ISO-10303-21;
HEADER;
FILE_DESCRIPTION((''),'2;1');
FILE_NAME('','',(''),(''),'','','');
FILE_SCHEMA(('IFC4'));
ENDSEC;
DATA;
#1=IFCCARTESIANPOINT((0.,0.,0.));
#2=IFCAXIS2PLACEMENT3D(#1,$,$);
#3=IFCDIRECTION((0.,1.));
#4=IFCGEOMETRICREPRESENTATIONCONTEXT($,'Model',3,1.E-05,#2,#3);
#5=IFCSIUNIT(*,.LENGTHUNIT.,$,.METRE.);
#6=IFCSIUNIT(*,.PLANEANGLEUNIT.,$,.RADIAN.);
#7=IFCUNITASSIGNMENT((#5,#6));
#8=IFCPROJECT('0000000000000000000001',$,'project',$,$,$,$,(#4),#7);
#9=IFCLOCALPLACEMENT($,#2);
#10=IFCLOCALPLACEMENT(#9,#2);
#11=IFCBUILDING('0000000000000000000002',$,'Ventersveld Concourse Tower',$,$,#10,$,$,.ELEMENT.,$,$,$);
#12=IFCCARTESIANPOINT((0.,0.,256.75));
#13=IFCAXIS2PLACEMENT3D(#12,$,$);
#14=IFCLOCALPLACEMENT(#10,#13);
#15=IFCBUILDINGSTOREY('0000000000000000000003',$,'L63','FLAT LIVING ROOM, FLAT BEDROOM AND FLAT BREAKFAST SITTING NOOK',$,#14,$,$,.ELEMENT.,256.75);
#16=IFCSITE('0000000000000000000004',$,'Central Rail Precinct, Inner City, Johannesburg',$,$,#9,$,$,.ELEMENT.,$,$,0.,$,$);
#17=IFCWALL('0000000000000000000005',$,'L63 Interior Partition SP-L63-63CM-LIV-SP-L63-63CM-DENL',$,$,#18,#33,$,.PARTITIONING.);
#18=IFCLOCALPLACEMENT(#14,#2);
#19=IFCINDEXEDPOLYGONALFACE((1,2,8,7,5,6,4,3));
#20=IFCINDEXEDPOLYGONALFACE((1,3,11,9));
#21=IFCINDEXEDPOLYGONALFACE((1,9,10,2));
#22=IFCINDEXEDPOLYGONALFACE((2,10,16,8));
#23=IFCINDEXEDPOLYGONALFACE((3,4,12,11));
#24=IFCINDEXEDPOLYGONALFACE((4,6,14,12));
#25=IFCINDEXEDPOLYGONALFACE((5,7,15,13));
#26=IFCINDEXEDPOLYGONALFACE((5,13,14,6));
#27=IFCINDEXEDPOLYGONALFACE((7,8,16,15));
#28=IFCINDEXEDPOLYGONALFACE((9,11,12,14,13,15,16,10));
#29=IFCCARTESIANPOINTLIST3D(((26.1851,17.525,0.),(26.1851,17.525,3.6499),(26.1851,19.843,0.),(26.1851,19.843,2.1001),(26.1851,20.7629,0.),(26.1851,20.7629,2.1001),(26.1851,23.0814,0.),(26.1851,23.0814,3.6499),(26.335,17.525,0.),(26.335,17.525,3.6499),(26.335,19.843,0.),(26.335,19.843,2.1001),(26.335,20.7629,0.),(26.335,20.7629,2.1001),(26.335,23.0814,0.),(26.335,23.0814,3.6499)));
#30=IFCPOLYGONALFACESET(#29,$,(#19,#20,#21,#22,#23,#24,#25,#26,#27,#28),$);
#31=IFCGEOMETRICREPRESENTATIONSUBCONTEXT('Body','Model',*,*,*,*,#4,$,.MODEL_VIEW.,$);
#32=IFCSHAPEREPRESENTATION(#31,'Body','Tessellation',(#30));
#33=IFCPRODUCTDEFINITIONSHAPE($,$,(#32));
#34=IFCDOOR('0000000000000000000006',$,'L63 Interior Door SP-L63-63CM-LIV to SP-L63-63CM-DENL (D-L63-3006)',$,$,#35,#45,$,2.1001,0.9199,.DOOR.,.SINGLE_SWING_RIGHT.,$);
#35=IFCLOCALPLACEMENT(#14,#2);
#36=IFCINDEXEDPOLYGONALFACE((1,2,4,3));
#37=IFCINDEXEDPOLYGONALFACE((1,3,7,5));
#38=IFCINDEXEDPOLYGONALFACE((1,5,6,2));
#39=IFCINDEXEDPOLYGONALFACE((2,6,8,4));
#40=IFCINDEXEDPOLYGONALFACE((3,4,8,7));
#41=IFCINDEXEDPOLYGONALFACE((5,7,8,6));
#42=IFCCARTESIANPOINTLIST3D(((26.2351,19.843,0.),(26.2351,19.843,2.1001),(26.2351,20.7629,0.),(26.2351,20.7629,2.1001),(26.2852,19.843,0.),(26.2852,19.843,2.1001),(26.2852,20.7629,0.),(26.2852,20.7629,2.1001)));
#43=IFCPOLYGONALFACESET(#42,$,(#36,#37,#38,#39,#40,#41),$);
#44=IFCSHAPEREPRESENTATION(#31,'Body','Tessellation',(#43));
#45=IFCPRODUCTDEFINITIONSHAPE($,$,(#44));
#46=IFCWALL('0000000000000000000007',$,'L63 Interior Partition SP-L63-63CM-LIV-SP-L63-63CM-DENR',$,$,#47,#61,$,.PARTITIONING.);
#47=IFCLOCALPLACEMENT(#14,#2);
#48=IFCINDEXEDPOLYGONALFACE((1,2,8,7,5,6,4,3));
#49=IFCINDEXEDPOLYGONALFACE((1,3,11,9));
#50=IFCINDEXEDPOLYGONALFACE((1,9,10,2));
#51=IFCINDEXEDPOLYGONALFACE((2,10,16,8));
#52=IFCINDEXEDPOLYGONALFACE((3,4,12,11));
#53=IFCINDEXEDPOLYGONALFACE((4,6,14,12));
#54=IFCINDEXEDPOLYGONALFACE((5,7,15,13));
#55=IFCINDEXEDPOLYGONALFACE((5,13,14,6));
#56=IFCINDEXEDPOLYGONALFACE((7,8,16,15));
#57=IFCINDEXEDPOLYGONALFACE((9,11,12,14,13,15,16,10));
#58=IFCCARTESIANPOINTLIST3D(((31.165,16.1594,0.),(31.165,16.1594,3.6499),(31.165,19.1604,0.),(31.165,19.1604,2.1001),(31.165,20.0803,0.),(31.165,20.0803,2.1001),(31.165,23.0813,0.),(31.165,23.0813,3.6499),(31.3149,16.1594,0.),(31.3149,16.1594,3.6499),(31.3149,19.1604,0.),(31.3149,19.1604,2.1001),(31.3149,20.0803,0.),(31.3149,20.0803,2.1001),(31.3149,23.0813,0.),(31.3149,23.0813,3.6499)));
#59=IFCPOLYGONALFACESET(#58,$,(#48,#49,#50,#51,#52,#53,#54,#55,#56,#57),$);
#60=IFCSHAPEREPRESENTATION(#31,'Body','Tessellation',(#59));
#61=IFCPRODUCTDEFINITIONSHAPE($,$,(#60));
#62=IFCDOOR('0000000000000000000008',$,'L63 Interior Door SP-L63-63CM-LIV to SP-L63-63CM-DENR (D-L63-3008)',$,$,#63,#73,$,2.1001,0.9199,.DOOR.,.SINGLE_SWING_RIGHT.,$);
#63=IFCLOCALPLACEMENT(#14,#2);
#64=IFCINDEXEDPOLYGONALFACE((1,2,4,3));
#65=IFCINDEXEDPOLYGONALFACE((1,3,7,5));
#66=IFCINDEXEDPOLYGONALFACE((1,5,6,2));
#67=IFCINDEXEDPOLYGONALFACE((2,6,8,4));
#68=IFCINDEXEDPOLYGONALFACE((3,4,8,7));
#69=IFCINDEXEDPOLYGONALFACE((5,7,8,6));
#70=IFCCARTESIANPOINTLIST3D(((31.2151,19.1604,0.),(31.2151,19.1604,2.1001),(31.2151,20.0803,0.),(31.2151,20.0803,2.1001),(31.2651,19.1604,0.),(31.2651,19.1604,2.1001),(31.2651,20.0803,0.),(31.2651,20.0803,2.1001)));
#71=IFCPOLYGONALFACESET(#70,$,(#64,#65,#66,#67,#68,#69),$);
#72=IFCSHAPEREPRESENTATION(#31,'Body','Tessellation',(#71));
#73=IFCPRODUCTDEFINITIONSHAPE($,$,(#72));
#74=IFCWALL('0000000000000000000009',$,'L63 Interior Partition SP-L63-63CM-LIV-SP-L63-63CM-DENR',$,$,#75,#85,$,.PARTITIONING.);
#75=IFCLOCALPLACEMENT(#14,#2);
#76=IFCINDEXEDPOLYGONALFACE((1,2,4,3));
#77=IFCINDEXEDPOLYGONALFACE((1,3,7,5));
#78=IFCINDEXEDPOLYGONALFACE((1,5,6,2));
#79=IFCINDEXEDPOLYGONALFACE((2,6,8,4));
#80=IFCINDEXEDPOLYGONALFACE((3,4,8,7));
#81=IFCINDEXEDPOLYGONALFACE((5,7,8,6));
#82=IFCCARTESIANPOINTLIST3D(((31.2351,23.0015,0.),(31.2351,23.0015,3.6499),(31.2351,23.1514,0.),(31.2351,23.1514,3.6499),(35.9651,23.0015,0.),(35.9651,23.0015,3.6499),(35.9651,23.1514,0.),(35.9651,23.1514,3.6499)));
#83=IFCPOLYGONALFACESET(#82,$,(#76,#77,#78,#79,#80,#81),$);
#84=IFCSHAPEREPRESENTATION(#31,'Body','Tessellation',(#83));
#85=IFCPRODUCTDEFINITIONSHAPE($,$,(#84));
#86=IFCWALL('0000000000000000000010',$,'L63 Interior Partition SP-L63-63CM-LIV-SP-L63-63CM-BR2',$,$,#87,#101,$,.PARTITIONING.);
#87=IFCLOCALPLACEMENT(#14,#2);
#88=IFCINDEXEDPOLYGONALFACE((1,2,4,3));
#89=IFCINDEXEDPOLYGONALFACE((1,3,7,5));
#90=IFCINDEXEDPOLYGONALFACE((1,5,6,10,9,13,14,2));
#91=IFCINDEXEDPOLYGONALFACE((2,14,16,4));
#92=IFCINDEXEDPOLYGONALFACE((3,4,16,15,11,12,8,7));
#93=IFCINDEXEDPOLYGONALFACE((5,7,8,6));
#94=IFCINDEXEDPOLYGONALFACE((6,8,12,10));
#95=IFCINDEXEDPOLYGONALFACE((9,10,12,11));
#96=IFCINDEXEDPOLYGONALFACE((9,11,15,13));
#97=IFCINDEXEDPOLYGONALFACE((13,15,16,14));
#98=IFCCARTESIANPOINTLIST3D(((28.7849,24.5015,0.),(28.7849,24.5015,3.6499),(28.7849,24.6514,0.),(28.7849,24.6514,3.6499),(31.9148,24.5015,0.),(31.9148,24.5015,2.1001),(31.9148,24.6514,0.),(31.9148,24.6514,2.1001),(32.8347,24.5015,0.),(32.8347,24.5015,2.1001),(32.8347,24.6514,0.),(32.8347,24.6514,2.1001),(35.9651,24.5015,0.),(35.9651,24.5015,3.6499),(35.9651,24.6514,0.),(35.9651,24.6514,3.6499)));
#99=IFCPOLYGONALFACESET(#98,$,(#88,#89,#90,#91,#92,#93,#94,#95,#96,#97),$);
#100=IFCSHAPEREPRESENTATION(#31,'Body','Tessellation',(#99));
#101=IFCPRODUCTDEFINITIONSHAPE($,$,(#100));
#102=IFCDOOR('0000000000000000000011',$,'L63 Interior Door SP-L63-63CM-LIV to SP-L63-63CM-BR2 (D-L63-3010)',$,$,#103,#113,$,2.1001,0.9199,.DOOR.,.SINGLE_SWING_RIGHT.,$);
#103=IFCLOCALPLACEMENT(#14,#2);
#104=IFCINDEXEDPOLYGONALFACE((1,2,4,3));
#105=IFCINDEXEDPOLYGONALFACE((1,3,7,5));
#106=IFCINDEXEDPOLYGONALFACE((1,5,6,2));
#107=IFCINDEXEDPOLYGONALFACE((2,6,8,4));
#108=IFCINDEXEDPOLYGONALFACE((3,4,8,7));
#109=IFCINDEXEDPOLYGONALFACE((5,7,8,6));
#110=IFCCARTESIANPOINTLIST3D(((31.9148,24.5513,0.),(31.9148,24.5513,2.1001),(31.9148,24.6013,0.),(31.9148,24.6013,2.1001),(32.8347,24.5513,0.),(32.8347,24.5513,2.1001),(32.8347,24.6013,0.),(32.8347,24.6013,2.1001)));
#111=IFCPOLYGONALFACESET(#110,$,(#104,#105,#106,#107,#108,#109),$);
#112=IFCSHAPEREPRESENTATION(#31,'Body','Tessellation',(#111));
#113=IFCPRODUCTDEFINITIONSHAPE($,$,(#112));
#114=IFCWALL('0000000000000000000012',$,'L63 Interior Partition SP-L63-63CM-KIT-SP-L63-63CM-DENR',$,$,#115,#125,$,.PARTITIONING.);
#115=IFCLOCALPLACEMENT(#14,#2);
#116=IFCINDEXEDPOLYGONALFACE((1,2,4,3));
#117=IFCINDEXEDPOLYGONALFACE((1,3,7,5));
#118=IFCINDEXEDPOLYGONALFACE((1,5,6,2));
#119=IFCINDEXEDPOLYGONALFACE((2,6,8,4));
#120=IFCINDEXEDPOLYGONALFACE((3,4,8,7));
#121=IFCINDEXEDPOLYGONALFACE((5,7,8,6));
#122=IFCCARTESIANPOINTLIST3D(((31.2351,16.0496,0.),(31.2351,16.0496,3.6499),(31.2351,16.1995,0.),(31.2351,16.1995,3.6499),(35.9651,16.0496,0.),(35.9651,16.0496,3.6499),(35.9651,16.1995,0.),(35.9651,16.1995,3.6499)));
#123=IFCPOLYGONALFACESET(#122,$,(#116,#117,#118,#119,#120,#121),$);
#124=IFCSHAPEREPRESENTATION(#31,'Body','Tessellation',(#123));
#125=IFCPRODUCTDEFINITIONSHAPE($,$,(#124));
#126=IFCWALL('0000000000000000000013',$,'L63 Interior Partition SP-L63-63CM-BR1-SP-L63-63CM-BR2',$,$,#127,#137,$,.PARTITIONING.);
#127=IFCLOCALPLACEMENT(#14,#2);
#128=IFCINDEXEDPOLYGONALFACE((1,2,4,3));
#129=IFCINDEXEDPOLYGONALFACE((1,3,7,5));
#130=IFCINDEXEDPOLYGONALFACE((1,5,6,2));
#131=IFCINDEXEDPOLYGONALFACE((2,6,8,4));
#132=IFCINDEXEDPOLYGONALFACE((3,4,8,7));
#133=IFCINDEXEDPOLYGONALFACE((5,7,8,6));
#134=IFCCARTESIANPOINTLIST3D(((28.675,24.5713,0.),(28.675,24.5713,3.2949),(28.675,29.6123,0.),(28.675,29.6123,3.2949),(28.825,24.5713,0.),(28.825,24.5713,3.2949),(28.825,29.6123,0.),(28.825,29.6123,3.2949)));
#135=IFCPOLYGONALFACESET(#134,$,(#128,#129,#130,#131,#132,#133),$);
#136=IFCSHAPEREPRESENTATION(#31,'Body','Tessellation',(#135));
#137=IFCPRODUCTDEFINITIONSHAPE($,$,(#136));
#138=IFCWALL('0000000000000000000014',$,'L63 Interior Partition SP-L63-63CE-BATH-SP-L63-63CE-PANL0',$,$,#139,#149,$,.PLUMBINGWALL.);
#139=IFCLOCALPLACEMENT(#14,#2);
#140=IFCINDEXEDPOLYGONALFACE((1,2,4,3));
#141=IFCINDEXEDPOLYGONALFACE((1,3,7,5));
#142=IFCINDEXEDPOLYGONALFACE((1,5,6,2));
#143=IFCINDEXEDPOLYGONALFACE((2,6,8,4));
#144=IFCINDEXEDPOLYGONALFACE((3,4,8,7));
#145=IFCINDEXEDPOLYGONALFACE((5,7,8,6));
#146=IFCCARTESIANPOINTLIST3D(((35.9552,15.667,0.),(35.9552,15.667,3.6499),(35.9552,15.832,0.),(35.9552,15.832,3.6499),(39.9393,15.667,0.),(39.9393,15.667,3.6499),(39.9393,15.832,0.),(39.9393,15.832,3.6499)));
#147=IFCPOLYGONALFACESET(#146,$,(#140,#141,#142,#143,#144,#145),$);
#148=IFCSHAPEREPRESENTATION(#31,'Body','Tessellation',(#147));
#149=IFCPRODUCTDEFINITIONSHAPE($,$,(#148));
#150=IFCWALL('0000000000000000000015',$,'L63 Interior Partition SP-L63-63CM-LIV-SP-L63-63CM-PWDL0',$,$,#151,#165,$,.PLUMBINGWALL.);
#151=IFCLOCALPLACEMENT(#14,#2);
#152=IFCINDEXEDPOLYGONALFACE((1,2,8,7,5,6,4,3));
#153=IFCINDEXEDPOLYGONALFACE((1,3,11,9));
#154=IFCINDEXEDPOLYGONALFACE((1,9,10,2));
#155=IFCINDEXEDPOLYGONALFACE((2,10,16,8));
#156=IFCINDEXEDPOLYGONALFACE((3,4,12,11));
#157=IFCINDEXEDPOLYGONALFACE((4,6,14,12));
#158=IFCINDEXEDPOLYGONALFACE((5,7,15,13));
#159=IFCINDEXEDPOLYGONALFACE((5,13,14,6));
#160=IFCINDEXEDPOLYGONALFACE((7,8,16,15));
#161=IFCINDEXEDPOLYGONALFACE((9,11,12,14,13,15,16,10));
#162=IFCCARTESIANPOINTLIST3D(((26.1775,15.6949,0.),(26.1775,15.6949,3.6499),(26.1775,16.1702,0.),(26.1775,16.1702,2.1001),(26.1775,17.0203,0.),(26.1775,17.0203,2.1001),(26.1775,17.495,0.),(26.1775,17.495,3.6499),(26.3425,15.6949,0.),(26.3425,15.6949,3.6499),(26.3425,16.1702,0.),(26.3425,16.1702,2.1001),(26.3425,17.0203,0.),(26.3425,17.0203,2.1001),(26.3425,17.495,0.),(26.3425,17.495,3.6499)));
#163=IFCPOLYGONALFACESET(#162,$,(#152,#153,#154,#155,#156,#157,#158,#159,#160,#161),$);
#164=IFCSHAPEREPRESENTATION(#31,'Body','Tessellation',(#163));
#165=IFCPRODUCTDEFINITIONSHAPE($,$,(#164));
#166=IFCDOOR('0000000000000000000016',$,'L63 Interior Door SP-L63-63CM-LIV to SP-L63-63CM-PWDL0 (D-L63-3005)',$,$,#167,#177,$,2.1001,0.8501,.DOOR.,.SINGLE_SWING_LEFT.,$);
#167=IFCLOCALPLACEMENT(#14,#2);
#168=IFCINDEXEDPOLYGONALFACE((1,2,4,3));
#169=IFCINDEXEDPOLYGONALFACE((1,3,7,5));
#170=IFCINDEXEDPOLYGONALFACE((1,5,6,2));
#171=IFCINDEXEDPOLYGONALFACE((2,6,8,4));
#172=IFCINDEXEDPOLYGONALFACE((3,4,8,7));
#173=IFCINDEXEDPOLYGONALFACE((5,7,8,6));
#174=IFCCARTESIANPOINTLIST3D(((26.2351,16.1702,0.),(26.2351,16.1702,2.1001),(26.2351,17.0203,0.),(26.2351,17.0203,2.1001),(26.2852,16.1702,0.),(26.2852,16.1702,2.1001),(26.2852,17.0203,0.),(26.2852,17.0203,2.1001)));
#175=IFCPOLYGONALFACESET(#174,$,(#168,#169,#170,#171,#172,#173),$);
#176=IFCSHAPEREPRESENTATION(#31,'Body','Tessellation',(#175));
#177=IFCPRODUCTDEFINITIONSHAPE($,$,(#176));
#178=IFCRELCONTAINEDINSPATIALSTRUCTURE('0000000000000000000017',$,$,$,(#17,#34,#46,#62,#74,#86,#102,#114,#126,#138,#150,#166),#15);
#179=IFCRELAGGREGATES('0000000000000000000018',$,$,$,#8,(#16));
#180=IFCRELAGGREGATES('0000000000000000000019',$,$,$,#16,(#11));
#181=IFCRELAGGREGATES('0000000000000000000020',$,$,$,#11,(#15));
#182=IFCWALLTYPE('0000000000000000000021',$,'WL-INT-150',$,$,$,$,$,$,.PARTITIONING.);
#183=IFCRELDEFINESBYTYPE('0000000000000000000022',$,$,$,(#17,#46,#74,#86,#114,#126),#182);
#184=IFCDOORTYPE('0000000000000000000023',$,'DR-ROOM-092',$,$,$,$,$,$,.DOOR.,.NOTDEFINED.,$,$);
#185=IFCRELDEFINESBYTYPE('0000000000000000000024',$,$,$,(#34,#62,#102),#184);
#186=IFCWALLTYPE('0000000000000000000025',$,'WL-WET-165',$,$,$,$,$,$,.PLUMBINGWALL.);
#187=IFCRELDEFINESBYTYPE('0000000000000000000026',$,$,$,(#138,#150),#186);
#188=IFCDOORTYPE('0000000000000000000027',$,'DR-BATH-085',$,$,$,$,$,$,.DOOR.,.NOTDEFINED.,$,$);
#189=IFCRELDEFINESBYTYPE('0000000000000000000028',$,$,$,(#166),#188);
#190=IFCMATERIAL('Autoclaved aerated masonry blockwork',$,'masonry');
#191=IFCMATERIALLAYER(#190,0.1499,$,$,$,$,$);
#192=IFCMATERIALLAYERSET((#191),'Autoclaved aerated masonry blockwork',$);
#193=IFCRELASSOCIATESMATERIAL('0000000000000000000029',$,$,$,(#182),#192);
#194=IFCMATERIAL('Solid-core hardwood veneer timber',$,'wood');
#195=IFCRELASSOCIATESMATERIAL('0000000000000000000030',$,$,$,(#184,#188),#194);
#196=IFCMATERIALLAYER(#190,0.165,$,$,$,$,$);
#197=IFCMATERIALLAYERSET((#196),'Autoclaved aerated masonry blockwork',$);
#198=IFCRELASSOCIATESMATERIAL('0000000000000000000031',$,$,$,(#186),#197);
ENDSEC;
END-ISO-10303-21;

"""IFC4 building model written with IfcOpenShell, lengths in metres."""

from ifc_helpers import new_model, si_unit, direction, frame, frame_2d, origin, place, context, subcontext, project, spatial, rectangle, extrude, material, layer, layer_set, type_object, element, fill, save


model = new_model("IFC4")

# Units and contexts
model_context = context("Model", 3, precision=1e-05, world=origin(), true_north=direction((0.0, 1.0)))
body_context = subcontext(model_context, "Body", "Model", "MODEL_VIEW")
ifc_project = project(units=[si_unit("LENGTHUNIT", "METRE"), si_unit("PLANEANGLEUNIT", "RADIAN")], contexts=[model_context])

# Site, building, storey
site_placement = place(None, origin())
site = spatial("IfcSite", under=ifc_project, at=site_placement, Name="Central Rail Precinct, Inner City, Johannesburg", CompositionType="ELEMENT", RefElevation=0.0)
building_placement = place(site_placement, origin())
building = spatial("IfcBuilding", under=site, at=building_placement, Name="Ventersveld Concourse Tower", CompositionType="ELEMENT")
storey_placement = place(building_placement, frame((0.0, 0.0, 256.75)))
storey = spatial("IfcBuildingStorey", under=building, at=storey_placement, Name="L63", Description="FLAT LIVING ROOM, FLAT BEDROOM AND FLAT BREAKFAST SITTING NOOK", CompositionType="ELEMENT", Elevation=256.75)

# Shared definitions
ifc_material_1 = material(Name="Autoclaved aerated masonry blockwork", Category="masonry")
ifc_layer_1 = layer(ifc_material_1, 0.1499)
ifc_layer_set_1 = layer_set([ifc_layer_1], Name="Autoclaved aerated masonry blockwork")
wall_type_1 = type_object("IfcWallType", Name="WL-INT-150", PredefinedType="PARTITIONING", material=ifc_layer_set_1)

# Walls, openings, doors
wall_1_placement = place(storey_placement, frame((26.26, 17.5249, 0.0), z_axis=(0.0, 0.0, 1.0), x_axis=(0.0, 1.0, 0.0)))
wall_1 = element("IfcWall", 1, at=wall_1_placement, inside=storey, type_object=wall_type_1, Name="L63 Interior Partition SP-L63-63CM-LIV-SP-L63-63CM-DENL", PredefinedType="PARTITIONING", context=body_context, shape_type="SweptSolid", body=[
    extrude(rectangle(XDim=5.5564, YDim=0.1499, at=frame_2d((2.7783, 0.0))), origin(), (0.0, 0.0, 1.0), 3.6499),
])
opening_1_placement = place(wall_1_placement, frame((2.3181, 0.0, 0.0)))
opening_1 = element("IfcOpeningElement", 2, at=opening_1_placement, cuts=wall_1, PredefinedType="OPENING", context=body_context, shape_type="SweptSolid", body=[
    extrude(rectangle(XDim=0.9199, YDim=2.1001, at=frame_2d((0.46, 1.05))), frame((0.0, 0.085, 0.0), z_axis=(0.0, -1.0, 0.0), x_axis=(1.0, 0.0, 0.0)), (0.0, 0.0, 1.0), 0.1699),
])
ifc_material_2 = material(Name="Solid-core hardwood veneer timber", Category="wood")
door_type_1 = type_object("IfcDoorType", Name="DR-ROOM-092", OperationType="NOTDEFINED", PredefinedType="DOOR", material=ifc_material_2)
door_1_placement = place(opening_1_placement, origin())
door_1 = element("IfcDoor", 3, at=door_1_placement, inside=storey, type_object=door_type_1, Name="L63 Interior Door SP-L63-63CM-LIV to SP-L63-63CM-DENL (D-L63-3006)", OperationType="SINGLE_SWING_RIGHT", OverallHeight=2.1001, OverallWidth=0.9199, PredefinedType="DOOR", context=body_context, shape_type="SweptSolid", body=[
    extrude(rectangle(XDim=0.9199, YDim=2.1001, at=frame_2d((0.46, 1.05))), frame((0.0, 0.0249, 0.0), z_axis=(0.0, -1.0, 0.0), x_axis=(1.0, 0.0, 0.0)), (0.0, 0.0, 1.0), 0.05),
])
fill(opening_1, door_1)
wall_2_placement = place(storey_placement, frame((31.24, 16.1594, 0.0), z_axis=(0.0, 0.0, 1.0), x_axis=(0.0, 1.0, 0.0)))
wall_2 = element("IfcWall", 4, at=wall_2_placement, inside=storey, type_object=wall_type_1, Name="L63 Interior Partition SP-L63-63CM-LIV-SP-L63-63CM-DENR", PredefinedType="PARTITIONING", context=body_context, shape_type="SweptSolid", body=[
    extrude(rectangle(XDim=6.9219, YDim=0.1499, at=frame_2d((3.4609, 0.0))), origin(), (0.0, 0.0, 1.0), 3.6499),
])
opening_2_placement = place(wall_2_placement, frame((3.001, 0.0, 0.0)))
opening_2 = element("IfcOpeningElement", 5, at=opening_2_placement, cuts=wall_2, PredefinedType="OPENING", context=body_context, shape_type="SweptSolid", body=[
    extrude(rectangle(XDim=0.9199, YDim=2.1001, at=frame_2d((0.46, 1.05))), frame((0.0, 0.085, 0.0), z_axis=(0.0, -1.0, 0.0), x_axis=(1.0, 0.0, 0.0)), (0.0, 0.0, 1.0), 0.1699),
])
door_2_placement = place(opening_2_placement, origin())
door_2 = element("IfcDoor", 6, at=door_2_placement, inside=storey, type_object=door_type_1, Name="L63 Interior Door SP-L63-63CM-LIV to SP-L63-63CM-DENR (D-L63-3008)", OperationType="SINGLE_SWING_RIGHT", OverallHeight=2.1001, OverallWidth=0.9199, PredefinedType="DOOR", context=body_context, shape_type="SweptSolid", body=[
    extrude(rectangle(XDim=0.9199, YDim=2.1001, at=frame_2d((0.46, 1.05))), frame((0.0, 0.0249, 0.0), z_axis=(0.0, -1.0, 0.0), x_axis=(1.0, 0.0, 0.0)), (0.0, 0.0, 1.0), 0.05),
])
fill(opening_2, door_2)

# Wall
wall_3_placement = place(storey_placement, frame((31.2351, 23.0764, 0.0), z_axis=(0.0, 0.0, 1.0), x_axis=(1.0, 0.0, 0.0)))
element("IfcWall", 7, at=wall_3_placement, inside=storey, type_object=wall_type_1, Name="L63 Interior Partition SP-L63-63CM-LIV-SP-L63-63CM-DENR", PredefinedType="PARTITIONING", context=body_context, shape_type="SweptSolid", body=[
    extrude(rectangle(XDim=4.73, YDim=0.1499, at=frame_2d((2.365, 0.0))), origin(), (0.0, 0.0, 1.0), 3.6499),
])

# Wall, opening, door
wall_4_placement = place(storey_placement, frame((28.7849, 24.5764, 0.0), z_axis=(0.0, 0.0, 1.0), x_axis=(1.0, 0.0, 0.0)))
wall_4 = element("IfcWall", 8, at=wall_4_placement, inside=storey, type_object=wall_type_1, Name="L63 Interior Partition SP-L63-63CM-LIV-SP-L63-63CM-BR2", PredefinedType="PARTITIONING", context=body_context, shape_type="SweptSolid", body=[
    extrude(rectangle(XDim=7.1802, YDim=0.1499, at=frame_2d((3.5901, 0.0))), origin(), (0.0, 0.0, 1.0), 3.6499),
])
opening_3_placement = place(wall_4_placement, frame((3.1299, 0.0, 0.0)))
opening_3 = element("IfcOpeningElement", 9, at=opening_3_placement, cuts=wall_4, PredefinedType="OPENING", context=body_context, shape_type="SweptSolid", body=[
    extrude(rectangle(XDim=0.9199, YDim=2.1001, at=frame_2d((0.46, 1.05))), frame((0.0, 0.085, 0.0), z_axis=(0.0, -1.0, 0.0), x_axis=(1.0, 0.0, 0.0)), (0.0, 0.0, 1.0), 0.1699),
])
door_3_placement = place(opening_3_placement, origin())
door_3 = element("IfcDoor", 10, at=door_3_placement, inside=storey, type_object=door_type_1, Name="L63 Interior Door SP-L63-63CM-LIV to SP-L63-63CM-BR2 (D-L63-3010)", OperationType="SINGLE_SWING_RIGHT", OverallHeight=2.1001, OverallWidth=0.9199, PredefinedType="DOOR", context=body_context, shape_type="SweptSolid", body=[
    extrude(rectangle(XDim=0.9199, YDim=2.1001, at=frame_2d((0.46, 1.05))), frame((0.0, 0.0249, 0.0), z_axis=(0.0, -1.0, 0.0), x_axis=(1.0, 0.0, 0.0)), (0.0, 0.0, 1.0), 0.05),
])
fill(opening_3, door_3)

# Walls
wall_5_placement = place(storey_placement, frame((31.2351, 16.1245, 0.0), z_axis=(0.0, 0.0, 1.0), x_axis=(1.0, 0.0, 0.0)))
element("IfcWall", 11, at=wall_5_placement, inside=storey, type_object=wall_type_1, Name="L63 Interior Partition SP-L63-63CM-KIT-SP-L63-63CM-DENR", PredefinedType="PARTITIONING", context=body_context, shape_type="SweptSolid", body=[
    extrude(rectangle(XDim=4.73, YDim=0.1499, at=frame_2d((2.365, 0.0))), origin(), (0.0, 0.0, 1.0), 3.6499),
])
wall_6_placement = place(storey_placement, frame((28.75, 24.5713, 0.0), z_axis=(0.0, 0.0, 1.0), x_axis=(0.0, 1.0, 0.0)))
element("IfcWall", 12, at=wall_6_placement, inside=storey, type_object=wall_type_1, Name="L63 Interior Partition SP-L63-63CM-BR1-SP-L63-63CM-BR2", PredefinedType="PARTITIONING", context=body_context, shape_type="SweptSolid", body=[
    extrude(rectangle(XDim=5.041, YDim=0.1499, at=frame_2d((2.5205, 0.0))), origin(), (0.0, 0.0, 1.0), 3.2949),
])
ifc_layer_2 = layer(ifc_material_1, 0.165)
ifc_layer_set_2 = layer_set([ifc_layer_2], Name="Autoclaved aerated masonry blockwork")
wall_type_2 = type_object("IfcWallType", Name="WL-WET-165", PredefinedType="PLUMBINGWALL", material=ifc_layer_set_2)
wall_7_placement = place(storey_placement, frame((35.9551, 15.7495, 0.0), z_axis=(0.0, 0.0, 1.0), x_axis=(1.0, 0.0, 0.0)))
element("IfcWall", 13, at=wall_7_placement, inside=storey, type_object=wall_type_2, Name="L63 Interior Partition SP-L63-63CE-BATH-SP-L63-63CE-PANL0", PredefinedType="PLUMBINGWALL", context=body_context, shape_type="SweptSolid", body=[
    extrude(rectangle(XDim=3.9841, YDim=0.165, at=frame_2d((1.9922, 0.0))), origin(), (0.0, 0.0, 1.0), 3.6499),
])

# Wall, opening, door
wall_8_placement = place(storey_placement, frame((26.26, 15.6951, 0.0), z_axis=(0.0, 0.0, 1.0), x_axis=(0.0, 1.0, 0.0)))
wall_8 = element("IfcWall", 14, at=wall_8_placement, inside=storey, type_object=wall_type_2, Name="L63 Interior Partition SP-L63-63CM-LIV-SP-L63-63CM-PWDL0", PredefinedType="PLUMBINGWALL", context=body_context, shape_type="SweptSolid", body=[
    extrude(rectangle(XDim=1.8, YDim=0.165, at=frame_2d((0.8999, 0.0))), origin(), (0.0, 0.0, 1.0), 3.6499),
])
opening_4_placement = place(wall_8_placement, frame((0.4751, 0.0, 0.0)))
opening_4 = element("IfcOpeningElement", 15, at=opening_4_placement, cuts=wall_8, PredefinedType="OPENING", context=body_context, shape_type="SweptSolid", body=[
    extrude(rectangle(XDim=0.8501, YDim=2.1001, at=frame_2d((0.425, 1.05))), frame((0.0, 0.0925, 0.0), z_axis=(0.0, -1.0, 0.0), x_axis=(1.0, 0.0, 0.0)), (0.0, 0.0, 1.0), 0.1851),
])
door_type_2 = type_object("IfcDoorType", Name="DR-BATH-085", OperationType="NOTDEFINED", PredefinedType="DOOR", material=ifc_material_2)
door_4_placement = place(opening_4_placement, origin())
door_4 = element("IfcDoor", 16, at=door_4_placement, inside=storey, type_object=door_type_2, Name="L63 Interior Door SP-L63-63CM-LIV to SP-L63-63CM-PWDL0 (D-L63-3005)", OperationType="SINGLE_SWING_LEFT", OverallHeight=2.1001, OverallWidth=0.8501, PredefinedType="DOOR", context=body_context, shape_type="SweptSolid", body=[
    extrude(rectangle(XDim=0.8501, YDim=2.1001, at=frame_2d((0.425, 1.05))), frame((0.0, 0.0249, 0.0), z_axis=(0.0, -1.0, 0.0), x_axis=(1.0, 0.0, 0.0)), (0.0, 0.0, 1.0), 0.05),
])
fill(opening_4, door_4)

save(model, "model.ifc")
